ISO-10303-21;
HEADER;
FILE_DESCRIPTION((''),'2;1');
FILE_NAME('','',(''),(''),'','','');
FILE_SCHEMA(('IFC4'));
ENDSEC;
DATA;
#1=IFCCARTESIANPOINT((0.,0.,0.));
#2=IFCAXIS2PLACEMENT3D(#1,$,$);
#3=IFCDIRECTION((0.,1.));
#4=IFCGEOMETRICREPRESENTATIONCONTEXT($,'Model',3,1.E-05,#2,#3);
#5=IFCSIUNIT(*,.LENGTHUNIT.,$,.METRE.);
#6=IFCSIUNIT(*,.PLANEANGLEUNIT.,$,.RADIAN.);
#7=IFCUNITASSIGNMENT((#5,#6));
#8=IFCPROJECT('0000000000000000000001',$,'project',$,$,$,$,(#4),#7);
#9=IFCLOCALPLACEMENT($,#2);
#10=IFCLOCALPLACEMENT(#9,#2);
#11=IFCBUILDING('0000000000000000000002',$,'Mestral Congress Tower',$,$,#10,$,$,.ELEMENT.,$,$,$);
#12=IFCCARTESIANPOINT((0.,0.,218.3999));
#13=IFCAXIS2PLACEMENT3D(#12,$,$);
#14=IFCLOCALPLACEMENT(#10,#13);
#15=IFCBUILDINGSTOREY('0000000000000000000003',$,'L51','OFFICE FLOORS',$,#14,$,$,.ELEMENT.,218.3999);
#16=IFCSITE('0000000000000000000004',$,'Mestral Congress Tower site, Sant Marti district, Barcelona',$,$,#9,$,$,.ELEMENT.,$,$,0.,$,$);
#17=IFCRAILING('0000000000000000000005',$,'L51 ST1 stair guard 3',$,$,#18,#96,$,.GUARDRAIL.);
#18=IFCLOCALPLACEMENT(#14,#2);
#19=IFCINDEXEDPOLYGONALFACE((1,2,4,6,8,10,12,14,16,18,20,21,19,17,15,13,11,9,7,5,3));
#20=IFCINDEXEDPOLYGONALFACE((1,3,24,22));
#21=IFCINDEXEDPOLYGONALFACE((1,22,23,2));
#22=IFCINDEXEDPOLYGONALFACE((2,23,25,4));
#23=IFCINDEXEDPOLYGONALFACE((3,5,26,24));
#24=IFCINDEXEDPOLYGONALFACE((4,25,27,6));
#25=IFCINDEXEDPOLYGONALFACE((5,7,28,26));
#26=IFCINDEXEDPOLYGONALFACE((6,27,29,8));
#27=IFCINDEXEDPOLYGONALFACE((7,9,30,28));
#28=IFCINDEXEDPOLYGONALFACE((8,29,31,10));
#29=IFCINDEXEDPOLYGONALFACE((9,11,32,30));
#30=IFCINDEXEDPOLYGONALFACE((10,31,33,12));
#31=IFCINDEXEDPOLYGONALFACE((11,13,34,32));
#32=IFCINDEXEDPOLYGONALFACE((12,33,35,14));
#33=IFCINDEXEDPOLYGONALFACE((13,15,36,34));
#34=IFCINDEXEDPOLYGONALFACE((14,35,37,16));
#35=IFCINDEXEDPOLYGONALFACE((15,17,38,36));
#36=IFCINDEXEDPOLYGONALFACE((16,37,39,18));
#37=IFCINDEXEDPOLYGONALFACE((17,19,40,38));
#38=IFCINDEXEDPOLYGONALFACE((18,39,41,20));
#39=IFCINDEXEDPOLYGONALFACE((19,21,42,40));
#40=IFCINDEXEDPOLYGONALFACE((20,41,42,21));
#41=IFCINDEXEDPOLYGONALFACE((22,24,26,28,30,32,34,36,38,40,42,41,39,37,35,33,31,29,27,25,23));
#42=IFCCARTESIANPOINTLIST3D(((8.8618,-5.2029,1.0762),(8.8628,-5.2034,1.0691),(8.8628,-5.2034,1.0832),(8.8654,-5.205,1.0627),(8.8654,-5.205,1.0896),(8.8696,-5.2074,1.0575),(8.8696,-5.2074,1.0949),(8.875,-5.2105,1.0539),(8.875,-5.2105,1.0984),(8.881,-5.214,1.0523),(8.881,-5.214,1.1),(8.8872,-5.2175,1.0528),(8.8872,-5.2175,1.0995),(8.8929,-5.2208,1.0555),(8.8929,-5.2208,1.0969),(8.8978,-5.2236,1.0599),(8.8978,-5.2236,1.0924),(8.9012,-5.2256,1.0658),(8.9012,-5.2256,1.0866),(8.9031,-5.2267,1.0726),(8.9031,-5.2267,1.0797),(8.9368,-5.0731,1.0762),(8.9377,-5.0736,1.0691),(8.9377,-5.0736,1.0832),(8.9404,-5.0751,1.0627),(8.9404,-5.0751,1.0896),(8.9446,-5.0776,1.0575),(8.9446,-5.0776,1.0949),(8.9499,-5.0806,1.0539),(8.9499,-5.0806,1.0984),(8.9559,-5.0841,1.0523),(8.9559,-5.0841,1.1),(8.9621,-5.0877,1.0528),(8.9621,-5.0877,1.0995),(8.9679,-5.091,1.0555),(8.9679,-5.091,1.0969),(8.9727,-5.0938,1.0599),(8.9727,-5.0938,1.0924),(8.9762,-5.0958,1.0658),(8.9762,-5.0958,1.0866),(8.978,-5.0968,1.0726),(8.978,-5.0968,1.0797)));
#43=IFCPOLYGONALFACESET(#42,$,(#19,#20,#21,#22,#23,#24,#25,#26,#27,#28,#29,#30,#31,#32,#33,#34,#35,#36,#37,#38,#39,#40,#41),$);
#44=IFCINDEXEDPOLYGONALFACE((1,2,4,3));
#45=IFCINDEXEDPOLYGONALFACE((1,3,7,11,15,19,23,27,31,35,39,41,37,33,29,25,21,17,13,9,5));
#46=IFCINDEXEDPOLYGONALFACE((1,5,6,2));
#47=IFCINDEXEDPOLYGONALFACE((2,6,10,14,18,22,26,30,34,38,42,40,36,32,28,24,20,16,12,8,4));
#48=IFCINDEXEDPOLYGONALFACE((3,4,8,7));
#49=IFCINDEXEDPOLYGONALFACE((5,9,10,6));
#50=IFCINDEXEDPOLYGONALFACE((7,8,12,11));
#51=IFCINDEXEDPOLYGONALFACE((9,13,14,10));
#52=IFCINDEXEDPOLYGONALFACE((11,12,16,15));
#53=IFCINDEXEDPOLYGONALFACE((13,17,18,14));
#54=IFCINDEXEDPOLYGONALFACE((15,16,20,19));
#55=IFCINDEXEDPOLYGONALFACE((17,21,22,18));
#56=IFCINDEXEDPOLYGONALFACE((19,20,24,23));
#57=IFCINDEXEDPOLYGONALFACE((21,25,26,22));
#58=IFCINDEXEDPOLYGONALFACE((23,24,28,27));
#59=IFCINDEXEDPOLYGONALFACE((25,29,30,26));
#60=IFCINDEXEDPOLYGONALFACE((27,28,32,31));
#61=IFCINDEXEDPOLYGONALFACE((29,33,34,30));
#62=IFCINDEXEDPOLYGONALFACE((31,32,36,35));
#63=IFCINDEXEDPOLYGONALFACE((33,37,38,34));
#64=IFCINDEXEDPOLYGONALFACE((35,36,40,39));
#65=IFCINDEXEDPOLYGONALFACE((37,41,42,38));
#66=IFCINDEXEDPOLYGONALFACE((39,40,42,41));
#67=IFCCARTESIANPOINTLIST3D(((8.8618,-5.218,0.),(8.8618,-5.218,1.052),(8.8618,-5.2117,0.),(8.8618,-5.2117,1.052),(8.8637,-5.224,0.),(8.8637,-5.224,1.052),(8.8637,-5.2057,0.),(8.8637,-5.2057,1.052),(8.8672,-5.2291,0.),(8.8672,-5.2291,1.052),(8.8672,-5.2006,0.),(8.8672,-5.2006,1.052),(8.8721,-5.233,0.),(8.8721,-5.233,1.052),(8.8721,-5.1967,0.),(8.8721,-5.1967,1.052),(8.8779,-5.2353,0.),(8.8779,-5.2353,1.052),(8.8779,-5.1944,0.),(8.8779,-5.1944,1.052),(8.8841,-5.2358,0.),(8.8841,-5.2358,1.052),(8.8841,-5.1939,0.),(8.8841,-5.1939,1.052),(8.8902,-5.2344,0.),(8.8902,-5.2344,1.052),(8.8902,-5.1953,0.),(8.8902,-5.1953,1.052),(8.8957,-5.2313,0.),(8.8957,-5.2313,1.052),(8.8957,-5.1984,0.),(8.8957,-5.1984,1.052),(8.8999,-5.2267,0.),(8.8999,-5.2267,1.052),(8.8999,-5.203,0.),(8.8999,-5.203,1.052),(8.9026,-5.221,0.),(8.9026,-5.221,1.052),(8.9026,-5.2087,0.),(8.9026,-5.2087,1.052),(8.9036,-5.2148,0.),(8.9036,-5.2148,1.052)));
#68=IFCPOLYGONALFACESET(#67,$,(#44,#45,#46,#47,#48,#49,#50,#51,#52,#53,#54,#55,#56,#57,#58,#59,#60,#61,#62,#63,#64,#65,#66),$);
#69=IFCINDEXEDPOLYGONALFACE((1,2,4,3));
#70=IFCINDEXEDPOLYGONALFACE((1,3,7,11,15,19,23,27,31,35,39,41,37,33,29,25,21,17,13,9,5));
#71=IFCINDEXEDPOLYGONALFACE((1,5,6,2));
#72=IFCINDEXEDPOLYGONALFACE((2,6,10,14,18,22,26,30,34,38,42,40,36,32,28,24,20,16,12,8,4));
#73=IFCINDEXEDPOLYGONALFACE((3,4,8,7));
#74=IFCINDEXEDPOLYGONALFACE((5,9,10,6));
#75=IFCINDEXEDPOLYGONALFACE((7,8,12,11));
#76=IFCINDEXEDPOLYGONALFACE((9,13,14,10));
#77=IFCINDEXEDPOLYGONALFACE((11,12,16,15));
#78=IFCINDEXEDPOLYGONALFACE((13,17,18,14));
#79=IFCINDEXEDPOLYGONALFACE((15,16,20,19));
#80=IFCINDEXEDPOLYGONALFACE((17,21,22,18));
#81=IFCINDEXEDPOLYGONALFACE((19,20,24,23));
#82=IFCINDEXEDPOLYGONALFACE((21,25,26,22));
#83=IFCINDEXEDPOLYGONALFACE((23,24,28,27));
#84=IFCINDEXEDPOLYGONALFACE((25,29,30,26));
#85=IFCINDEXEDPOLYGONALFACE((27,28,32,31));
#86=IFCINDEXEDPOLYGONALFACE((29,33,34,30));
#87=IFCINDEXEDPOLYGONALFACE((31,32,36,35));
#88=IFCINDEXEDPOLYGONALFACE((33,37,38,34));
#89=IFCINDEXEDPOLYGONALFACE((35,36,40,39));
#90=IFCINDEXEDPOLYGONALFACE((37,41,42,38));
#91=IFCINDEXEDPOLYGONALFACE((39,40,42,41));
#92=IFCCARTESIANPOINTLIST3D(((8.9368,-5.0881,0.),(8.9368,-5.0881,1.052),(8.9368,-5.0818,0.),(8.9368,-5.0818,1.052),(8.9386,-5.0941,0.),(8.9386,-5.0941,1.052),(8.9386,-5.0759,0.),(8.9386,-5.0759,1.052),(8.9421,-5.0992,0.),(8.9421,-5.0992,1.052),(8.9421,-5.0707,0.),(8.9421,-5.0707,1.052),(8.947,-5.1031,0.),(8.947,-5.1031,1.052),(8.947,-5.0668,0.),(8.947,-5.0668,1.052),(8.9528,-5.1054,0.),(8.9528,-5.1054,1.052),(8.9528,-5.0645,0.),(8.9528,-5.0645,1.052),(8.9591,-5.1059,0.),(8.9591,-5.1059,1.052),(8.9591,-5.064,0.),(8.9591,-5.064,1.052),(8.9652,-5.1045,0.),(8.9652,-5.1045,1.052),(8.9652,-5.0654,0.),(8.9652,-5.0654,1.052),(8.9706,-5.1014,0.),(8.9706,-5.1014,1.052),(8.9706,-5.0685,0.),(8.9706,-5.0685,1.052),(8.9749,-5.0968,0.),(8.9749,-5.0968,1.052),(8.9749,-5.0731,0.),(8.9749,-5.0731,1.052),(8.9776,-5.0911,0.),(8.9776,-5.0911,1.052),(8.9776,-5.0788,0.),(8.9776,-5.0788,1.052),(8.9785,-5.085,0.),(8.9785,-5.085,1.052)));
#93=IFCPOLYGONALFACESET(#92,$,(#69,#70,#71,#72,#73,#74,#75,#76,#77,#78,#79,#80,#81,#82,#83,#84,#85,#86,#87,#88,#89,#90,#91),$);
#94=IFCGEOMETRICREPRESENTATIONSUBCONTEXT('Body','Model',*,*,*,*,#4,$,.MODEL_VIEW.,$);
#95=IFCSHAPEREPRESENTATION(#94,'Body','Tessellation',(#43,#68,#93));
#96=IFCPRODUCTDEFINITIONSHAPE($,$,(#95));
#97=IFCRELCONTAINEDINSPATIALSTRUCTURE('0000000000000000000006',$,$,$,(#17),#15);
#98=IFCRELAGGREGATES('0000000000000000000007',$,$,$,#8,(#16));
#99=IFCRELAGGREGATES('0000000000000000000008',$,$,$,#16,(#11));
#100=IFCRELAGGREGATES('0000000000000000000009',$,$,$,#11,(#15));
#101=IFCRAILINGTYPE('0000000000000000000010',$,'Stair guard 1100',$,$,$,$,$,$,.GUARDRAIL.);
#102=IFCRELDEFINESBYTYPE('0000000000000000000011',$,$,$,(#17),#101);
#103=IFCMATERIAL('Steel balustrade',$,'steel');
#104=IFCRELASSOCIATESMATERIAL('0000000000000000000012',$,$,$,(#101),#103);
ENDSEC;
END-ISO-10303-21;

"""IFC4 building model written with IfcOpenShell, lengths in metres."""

from ifc_helpers import new_model, si_unit, direction, frame, origin, origin_2d, place, context, subcontext, project, spatial, circle, extrude, material, type_object, element, save


model = new_model("IFC4")

# Units and contexts
model_context = context("Model", 3, precision=1e-05, world=origin(), true_north=direction((0.0, 1.0)))
body_context = subcontext(model_context, "Body", "Model", "MODEL_VIEW")
ifc_project = project(units=[si_unit("LENGTHUNIT", "METRE"), si_unit("PLANEANGLEUNIT", "RADIAN")], contexts=[model_context])

# Site, building, storey
site_placement = place(None, origin())
site = spatial("IfcSite", under=ifc_project, at=site_placement, Name="Mestral Congress Tower site, Sant Marti district, Barcelona", CompositionType="ELEMENT", RefElevation=0.0)
building_placement = place(site_placement, origin())
building = spatial("IfcBuilding", under=site, at=building_placement, Name="Mestral Congress Tower", CompositionType="ELEMENT")
storey_placement = place(building_placement, frame((0.0, 0.0, 218.3999)))
storey = spatial("IfcBuildingStorey", under=building, at=storey_placement, Name="L51", Description="OFFICE FLOORS", CompositionType="ELEMENT", Elevation=218.3999)

# Railing
ifc_material_1 = material(Name="Steel balustrade", Category="steel")
railing_type = type_object("IfcRailingType", Name="Stair guard 1100", PredefinedType="GUARDRAIL", material=ifc_material_1)
railing_1_placement = place(storey_placement, frame((8.8826, -5.2148, 0.0)))
element("IfcRailing", 1, at=railing_1_placement, inside=storey, type_object=railing_type, Name="L51 ST1 stair guard 3", PredefinedType="GUARDRAIL", context=body_context, shape_type="SweptSolid", body=[
    extrude(circle(Radius=0.0239, at=origin_2d()), frame((0.0, 0.0, 1.0762), z_axis=(0.499816, 0.866131, 0.0), x_axis=(-0.866131, 0.499816, 0.0)), (0.0, 0.0, 1.0), 0.1499),
    extrude(circle(Radius=0.021, at=origin_2d()), origin(), (0.0, 0.0, 1.0), 1.052),
    extrude(circle(Radius=0.021, at=origin_2d()), frame((0.075, 0.1299, 0.0)), (0.0, 0.0, 1.0), 1.052),
])

save(model, "model.ifc")
